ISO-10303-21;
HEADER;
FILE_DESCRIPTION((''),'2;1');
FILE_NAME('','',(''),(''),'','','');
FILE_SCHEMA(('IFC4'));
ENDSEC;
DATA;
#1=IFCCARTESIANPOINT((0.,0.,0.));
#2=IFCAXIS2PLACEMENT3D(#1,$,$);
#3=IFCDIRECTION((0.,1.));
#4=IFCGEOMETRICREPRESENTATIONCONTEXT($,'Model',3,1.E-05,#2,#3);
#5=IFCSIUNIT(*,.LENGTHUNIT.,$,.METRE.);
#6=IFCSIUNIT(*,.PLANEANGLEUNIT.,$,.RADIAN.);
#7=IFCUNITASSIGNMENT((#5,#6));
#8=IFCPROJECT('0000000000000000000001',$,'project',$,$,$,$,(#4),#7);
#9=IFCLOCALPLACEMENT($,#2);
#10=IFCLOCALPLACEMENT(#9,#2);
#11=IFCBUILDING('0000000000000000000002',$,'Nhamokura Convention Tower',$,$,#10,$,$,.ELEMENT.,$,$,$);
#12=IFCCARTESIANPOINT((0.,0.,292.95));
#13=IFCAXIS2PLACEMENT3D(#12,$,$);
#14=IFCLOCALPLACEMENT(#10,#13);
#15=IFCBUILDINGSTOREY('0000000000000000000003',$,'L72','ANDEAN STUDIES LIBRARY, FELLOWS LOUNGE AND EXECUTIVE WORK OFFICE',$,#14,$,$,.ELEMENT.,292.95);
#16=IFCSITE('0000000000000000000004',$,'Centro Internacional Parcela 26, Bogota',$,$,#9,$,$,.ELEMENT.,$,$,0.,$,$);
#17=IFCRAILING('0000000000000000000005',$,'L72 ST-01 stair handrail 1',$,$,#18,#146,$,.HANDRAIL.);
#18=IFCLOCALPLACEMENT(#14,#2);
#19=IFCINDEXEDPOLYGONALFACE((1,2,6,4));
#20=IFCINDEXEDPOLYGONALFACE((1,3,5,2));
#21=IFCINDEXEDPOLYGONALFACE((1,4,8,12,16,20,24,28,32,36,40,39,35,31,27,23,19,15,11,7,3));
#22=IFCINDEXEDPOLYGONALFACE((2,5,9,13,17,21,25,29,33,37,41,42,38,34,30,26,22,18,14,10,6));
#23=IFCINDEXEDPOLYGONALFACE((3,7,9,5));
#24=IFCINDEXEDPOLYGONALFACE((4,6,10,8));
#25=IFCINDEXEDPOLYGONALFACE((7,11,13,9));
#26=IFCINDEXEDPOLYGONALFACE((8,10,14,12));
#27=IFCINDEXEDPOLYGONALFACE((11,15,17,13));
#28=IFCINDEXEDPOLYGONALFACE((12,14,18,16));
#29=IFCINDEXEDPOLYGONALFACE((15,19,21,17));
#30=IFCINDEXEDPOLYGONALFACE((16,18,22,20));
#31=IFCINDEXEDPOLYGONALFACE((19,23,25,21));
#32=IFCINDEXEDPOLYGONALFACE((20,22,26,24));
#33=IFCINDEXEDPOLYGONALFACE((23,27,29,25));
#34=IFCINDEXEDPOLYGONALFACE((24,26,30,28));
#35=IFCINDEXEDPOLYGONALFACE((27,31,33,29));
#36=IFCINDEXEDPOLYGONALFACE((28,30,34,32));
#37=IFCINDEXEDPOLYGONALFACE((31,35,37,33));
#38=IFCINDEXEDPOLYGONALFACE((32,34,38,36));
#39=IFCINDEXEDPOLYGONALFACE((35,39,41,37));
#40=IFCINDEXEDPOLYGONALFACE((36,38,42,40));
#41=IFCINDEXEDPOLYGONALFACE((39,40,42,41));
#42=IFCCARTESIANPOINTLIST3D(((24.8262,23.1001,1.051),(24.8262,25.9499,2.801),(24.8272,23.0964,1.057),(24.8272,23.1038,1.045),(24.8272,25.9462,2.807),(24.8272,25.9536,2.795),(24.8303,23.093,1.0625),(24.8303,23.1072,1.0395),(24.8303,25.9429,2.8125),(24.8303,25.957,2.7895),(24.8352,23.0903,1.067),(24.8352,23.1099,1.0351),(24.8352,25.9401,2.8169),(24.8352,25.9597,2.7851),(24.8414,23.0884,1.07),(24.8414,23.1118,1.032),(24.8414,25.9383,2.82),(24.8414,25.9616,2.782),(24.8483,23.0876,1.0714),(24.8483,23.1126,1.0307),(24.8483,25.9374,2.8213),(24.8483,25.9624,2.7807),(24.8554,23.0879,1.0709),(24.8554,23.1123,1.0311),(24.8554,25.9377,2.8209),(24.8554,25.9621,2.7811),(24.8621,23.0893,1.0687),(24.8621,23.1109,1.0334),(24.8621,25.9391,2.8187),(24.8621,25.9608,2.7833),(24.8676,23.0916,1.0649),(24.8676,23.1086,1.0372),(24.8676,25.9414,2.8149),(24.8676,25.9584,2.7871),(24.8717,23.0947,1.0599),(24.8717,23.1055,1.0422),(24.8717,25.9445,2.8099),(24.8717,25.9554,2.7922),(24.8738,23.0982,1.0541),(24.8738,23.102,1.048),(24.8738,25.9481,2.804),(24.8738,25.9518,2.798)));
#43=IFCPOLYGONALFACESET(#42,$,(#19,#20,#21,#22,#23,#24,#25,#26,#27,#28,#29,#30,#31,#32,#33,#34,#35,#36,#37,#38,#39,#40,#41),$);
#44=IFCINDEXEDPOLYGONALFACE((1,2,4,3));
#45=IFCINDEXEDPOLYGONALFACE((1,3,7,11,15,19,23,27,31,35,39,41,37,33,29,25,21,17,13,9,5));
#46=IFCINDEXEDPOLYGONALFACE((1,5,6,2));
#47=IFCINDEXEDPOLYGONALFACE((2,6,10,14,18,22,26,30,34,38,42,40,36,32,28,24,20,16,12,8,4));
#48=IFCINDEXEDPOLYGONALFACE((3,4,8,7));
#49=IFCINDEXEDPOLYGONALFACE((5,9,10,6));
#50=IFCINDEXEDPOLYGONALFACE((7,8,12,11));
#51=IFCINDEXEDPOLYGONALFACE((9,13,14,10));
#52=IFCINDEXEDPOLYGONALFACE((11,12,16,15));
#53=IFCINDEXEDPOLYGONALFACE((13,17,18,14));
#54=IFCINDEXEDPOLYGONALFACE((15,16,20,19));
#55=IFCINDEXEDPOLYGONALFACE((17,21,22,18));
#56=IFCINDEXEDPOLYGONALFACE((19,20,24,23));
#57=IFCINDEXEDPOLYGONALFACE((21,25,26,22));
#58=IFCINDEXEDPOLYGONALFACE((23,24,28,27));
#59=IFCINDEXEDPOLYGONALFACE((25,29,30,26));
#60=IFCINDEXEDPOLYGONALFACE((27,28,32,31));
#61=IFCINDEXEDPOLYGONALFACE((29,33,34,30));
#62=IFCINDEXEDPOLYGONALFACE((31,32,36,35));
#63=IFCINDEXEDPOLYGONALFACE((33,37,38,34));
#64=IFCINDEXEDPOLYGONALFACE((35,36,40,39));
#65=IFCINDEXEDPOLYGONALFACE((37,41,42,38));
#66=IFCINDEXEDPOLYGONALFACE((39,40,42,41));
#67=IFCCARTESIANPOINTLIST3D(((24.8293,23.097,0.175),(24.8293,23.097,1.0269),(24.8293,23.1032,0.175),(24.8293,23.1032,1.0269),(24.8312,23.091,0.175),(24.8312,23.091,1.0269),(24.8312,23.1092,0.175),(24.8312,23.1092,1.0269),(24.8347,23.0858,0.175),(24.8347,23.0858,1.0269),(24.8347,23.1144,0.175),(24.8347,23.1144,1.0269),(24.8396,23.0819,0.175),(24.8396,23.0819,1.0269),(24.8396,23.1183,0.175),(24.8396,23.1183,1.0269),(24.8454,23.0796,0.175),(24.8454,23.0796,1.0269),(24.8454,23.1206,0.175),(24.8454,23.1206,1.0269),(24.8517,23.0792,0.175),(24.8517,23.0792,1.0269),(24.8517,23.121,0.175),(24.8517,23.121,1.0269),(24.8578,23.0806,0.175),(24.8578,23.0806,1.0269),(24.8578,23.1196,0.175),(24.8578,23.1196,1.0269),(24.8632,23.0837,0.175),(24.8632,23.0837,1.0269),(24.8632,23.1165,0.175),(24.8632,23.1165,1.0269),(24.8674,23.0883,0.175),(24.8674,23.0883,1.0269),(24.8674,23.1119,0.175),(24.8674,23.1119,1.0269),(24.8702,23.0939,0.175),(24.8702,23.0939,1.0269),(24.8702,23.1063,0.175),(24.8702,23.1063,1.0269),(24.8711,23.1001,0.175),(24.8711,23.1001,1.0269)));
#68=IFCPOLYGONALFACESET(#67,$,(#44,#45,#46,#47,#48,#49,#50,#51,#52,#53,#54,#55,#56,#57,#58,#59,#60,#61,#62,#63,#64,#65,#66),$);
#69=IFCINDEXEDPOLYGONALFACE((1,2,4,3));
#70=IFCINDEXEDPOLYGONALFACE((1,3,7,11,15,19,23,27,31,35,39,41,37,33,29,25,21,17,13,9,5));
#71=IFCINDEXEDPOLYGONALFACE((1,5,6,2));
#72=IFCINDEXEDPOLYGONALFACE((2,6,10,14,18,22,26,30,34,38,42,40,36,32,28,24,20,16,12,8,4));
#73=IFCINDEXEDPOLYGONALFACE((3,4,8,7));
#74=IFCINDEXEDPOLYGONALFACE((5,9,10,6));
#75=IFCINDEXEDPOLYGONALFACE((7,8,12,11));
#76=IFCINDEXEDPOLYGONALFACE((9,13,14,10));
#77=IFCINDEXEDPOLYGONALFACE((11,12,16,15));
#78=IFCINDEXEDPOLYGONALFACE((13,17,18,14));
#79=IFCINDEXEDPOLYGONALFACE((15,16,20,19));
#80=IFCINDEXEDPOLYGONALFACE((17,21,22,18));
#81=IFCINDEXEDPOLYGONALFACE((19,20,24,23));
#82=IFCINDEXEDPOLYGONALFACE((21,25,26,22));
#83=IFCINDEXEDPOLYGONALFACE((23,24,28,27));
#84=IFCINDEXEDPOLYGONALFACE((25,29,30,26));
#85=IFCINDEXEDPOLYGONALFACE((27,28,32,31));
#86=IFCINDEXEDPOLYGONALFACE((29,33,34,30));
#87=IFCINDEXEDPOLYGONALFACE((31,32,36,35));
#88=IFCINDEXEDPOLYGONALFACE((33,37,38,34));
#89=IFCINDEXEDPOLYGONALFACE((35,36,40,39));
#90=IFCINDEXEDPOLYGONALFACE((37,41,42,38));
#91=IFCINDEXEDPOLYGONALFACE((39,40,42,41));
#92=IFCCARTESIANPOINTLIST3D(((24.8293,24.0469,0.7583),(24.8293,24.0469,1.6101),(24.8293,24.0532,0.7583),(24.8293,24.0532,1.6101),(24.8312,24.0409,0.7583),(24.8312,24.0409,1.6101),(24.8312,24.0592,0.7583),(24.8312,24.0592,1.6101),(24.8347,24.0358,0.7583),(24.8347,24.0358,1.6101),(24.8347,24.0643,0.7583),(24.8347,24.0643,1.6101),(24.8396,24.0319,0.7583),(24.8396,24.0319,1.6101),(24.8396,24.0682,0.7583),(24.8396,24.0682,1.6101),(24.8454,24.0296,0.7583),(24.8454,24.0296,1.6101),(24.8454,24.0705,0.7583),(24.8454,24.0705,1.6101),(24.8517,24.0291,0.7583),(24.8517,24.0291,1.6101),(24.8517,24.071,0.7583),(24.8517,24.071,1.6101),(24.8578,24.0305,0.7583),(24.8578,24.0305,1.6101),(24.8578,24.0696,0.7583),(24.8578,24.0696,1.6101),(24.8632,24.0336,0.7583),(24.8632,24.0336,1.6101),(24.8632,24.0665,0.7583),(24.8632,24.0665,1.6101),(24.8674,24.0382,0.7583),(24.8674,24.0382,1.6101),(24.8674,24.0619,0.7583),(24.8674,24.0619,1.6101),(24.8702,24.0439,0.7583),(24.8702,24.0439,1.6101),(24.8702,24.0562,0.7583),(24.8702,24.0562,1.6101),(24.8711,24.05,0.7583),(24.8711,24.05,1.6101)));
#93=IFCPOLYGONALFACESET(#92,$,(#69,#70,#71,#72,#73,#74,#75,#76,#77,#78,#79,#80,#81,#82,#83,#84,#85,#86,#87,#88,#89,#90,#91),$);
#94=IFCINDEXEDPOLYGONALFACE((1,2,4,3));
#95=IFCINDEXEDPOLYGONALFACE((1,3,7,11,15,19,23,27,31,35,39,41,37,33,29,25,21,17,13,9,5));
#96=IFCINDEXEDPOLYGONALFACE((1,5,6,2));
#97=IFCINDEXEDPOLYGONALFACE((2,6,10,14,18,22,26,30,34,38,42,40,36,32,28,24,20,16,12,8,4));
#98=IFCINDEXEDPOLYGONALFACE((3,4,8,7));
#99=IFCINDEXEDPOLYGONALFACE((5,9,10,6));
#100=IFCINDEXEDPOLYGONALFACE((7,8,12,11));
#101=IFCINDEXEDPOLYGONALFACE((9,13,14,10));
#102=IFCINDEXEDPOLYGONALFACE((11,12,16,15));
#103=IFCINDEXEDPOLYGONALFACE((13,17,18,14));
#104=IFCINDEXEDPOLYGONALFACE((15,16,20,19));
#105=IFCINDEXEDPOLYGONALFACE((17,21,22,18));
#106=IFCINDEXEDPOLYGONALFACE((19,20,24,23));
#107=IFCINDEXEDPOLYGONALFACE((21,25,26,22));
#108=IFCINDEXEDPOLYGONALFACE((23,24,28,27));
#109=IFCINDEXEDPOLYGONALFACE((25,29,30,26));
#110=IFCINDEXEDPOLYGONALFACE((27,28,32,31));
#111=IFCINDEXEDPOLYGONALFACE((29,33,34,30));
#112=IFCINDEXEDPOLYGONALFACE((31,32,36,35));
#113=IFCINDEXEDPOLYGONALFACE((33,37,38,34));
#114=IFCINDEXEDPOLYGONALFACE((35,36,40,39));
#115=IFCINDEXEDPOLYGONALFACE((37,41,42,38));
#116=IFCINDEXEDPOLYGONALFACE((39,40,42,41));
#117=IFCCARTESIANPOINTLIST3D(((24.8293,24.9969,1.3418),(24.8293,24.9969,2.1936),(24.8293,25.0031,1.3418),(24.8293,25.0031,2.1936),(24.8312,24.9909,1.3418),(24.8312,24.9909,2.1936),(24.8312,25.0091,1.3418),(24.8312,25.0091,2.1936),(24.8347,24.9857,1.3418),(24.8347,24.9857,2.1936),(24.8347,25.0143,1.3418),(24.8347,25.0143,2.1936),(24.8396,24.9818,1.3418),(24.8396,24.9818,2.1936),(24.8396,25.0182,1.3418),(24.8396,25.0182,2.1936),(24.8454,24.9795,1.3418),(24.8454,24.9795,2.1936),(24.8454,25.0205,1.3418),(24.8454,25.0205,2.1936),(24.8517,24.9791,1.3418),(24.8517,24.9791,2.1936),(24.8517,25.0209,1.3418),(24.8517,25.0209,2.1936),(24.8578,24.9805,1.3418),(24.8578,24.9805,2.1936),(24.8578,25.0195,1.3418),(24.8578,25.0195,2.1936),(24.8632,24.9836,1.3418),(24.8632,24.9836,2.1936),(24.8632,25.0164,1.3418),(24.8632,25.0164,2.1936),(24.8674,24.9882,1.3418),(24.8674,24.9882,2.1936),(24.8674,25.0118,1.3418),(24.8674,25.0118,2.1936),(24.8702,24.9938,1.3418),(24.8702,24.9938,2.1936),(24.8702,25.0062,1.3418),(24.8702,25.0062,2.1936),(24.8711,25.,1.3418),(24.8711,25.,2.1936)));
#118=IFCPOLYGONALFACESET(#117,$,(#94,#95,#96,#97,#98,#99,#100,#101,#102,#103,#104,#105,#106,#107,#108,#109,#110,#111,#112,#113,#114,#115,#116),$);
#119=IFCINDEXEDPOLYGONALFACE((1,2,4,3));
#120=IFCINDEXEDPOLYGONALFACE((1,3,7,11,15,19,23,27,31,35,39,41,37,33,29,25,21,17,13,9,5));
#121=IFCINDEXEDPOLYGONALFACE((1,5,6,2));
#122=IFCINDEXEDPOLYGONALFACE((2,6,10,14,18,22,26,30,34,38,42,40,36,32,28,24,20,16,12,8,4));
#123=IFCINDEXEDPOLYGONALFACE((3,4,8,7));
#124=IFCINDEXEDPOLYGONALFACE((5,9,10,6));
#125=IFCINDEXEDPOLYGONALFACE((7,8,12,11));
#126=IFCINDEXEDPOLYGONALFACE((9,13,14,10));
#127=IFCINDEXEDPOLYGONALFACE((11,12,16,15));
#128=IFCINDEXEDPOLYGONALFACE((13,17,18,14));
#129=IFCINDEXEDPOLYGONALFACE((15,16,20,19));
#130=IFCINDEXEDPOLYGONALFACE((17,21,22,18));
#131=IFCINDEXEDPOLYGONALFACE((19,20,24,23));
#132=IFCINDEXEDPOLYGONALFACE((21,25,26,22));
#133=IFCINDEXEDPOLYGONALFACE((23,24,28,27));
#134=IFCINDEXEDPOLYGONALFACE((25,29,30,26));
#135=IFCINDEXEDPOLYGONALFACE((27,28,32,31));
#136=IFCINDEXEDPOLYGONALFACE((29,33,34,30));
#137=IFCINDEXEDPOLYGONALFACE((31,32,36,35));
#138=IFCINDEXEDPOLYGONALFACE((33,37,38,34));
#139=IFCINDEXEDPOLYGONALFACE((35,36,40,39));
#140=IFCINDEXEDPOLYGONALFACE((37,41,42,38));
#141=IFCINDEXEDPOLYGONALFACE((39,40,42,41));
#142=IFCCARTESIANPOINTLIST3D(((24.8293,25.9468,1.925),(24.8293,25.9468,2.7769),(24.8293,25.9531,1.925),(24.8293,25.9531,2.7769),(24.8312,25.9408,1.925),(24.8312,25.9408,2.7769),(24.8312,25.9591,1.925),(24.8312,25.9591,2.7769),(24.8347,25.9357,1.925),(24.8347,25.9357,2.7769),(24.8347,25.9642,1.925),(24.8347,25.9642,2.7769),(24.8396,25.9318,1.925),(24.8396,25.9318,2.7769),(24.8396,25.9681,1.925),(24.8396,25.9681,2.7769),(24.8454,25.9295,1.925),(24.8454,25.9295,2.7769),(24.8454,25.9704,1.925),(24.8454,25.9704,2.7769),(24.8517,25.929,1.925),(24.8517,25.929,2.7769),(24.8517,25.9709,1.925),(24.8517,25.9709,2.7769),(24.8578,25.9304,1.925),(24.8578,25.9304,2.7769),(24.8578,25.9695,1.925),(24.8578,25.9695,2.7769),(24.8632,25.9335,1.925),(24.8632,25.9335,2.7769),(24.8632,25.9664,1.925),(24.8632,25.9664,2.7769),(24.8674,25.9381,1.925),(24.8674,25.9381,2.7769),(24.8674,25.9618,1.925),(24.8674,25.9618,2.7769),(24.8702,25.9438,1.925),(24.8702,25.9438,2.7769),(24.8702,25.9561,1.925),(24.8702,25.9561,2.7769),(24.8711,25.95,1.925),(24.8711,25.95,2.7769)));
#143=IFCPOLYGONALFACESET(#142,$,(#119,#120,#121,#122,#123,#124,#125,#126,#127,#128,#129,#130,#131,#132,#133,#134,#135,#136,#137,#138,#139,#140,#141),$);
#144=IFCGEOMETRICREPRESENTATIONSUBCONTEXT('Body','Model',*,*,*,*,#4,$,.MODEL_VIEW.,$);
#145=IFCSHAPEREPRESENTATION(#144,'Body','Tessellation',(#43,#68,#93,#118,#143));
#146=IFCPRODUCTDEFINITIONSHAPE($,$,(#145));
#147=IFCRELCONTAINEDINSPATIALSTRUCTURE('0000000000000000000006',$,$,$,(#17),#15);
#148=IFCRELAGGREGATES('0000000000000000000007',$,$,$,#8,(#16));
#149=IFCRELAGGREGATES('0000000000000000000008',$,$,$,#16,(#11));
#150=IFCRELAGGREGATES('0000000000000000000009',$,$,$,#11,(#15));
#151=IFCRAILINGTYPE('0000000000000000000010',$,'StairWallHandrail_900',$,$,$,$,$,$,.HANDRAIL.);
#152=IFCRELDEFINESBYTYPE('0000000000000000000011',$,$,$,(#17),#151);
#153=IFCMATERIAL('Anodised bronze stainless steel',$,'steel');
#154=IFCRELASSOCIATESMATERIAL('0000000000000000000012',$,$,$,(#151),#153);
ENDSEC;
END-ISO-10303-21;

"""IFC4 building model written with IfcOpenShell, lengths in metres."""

from ifc_helpers import new_model, si_unit, direction, frame, origin, origin_2d, place, context, subcontext, project, spatial, circle, extrude, material, type_object, element, save


model = new_model("IFC4")

# Units and contexts
model_context = context("Model", 3, precision=1e-05, world=origin(), true_north=direction((0.0, 1.0)))
body_context = subcontext(model_context, "Body", "Model", "MODEL_VIEW")
ifc_project = project(units=[si_unit("LENGTHUNIT", "METRE"), si_unit("PLANEANGLEUNIT", "RADIAN")], contexts=[model_context])

# Site, building, storey
site_placement = place(None, origin())
site = spatial("IfcSite", under=ifc_project, at=site_placement, Name="Centro Internacional Parcela 26, Bogota", CompositionType="ELEMENT", RefElevation=0.0)
building_placement = place(site_placement, origin())
building = spatial("IfcBuilding", under=site, at=building_placement, Name="Nhamokura Convention Tower", CompositionType="ELEMENT")
storey_placement = place(building_placement, frame((0.0, 0.0, 292.95)))
storey = spatial("IfcBuildingStorey", under=building, at=storey_placement, Name="L72", Description="ANDEAN STUDIES LIBRARY, FELLOWS LOUNGE AND EXECUTIVE WORK OFFICE", CompositionType="ELEMENT", Elevation=292.95)

# Railing
ifc_material_1 = material(Name="Anodised bronze stainless steel", Category="steel")
railing_type_1 = type_object("IfcRailingType", Name="StairWallHandrail_900", PredefinedType="HANDRAIL", material=ifc_material_1)
railing_1_placement = place(storey_placement, frame((24.8501, 23.1001, 0.175)))
element("IfcRailing", 1, at=railing_1_placement, inside=storey, type_object=railing_type_1, Name="L72 ST-01 stair handrail 1", PredefinedType="HANDRAIL", context=body_context, shape_type="SweptSolid", body=[
    extrude(circle(Radius=0.0239, at=origin_2d()), frame((0.0, 0.0, 0.876), z_axis=(0.0, 0.852159, 0.523283), x_axis=(-1.0, 0.0, 0.0)), (0.0, 0.0, 1.0), 3.3442),
    extrude(circle(Radius=0.021, at=origin_2d()), origin(), (0.0, 0.0, 1.0), 0.8518),
    extrude(circle(Radius=0.021, at=origin_2d()), frame((0.0, 0.95, 0.5833)), (0.0, 0.0, 1.0), 0.8518),
    extrude(circle(Radius=0.021, at=origin_2d()), frame((0.0, 1.8999, 1.1667)), (0.0, 0.0, 1.0), 0.8518),
    extrude(circle(Radius=0.021, at=origin_2d()), frame((0.0, 2.8499, 1.75)), (0.0, 0.0, 1.0), 0.8518),
])

save(model, "model.ifc")
